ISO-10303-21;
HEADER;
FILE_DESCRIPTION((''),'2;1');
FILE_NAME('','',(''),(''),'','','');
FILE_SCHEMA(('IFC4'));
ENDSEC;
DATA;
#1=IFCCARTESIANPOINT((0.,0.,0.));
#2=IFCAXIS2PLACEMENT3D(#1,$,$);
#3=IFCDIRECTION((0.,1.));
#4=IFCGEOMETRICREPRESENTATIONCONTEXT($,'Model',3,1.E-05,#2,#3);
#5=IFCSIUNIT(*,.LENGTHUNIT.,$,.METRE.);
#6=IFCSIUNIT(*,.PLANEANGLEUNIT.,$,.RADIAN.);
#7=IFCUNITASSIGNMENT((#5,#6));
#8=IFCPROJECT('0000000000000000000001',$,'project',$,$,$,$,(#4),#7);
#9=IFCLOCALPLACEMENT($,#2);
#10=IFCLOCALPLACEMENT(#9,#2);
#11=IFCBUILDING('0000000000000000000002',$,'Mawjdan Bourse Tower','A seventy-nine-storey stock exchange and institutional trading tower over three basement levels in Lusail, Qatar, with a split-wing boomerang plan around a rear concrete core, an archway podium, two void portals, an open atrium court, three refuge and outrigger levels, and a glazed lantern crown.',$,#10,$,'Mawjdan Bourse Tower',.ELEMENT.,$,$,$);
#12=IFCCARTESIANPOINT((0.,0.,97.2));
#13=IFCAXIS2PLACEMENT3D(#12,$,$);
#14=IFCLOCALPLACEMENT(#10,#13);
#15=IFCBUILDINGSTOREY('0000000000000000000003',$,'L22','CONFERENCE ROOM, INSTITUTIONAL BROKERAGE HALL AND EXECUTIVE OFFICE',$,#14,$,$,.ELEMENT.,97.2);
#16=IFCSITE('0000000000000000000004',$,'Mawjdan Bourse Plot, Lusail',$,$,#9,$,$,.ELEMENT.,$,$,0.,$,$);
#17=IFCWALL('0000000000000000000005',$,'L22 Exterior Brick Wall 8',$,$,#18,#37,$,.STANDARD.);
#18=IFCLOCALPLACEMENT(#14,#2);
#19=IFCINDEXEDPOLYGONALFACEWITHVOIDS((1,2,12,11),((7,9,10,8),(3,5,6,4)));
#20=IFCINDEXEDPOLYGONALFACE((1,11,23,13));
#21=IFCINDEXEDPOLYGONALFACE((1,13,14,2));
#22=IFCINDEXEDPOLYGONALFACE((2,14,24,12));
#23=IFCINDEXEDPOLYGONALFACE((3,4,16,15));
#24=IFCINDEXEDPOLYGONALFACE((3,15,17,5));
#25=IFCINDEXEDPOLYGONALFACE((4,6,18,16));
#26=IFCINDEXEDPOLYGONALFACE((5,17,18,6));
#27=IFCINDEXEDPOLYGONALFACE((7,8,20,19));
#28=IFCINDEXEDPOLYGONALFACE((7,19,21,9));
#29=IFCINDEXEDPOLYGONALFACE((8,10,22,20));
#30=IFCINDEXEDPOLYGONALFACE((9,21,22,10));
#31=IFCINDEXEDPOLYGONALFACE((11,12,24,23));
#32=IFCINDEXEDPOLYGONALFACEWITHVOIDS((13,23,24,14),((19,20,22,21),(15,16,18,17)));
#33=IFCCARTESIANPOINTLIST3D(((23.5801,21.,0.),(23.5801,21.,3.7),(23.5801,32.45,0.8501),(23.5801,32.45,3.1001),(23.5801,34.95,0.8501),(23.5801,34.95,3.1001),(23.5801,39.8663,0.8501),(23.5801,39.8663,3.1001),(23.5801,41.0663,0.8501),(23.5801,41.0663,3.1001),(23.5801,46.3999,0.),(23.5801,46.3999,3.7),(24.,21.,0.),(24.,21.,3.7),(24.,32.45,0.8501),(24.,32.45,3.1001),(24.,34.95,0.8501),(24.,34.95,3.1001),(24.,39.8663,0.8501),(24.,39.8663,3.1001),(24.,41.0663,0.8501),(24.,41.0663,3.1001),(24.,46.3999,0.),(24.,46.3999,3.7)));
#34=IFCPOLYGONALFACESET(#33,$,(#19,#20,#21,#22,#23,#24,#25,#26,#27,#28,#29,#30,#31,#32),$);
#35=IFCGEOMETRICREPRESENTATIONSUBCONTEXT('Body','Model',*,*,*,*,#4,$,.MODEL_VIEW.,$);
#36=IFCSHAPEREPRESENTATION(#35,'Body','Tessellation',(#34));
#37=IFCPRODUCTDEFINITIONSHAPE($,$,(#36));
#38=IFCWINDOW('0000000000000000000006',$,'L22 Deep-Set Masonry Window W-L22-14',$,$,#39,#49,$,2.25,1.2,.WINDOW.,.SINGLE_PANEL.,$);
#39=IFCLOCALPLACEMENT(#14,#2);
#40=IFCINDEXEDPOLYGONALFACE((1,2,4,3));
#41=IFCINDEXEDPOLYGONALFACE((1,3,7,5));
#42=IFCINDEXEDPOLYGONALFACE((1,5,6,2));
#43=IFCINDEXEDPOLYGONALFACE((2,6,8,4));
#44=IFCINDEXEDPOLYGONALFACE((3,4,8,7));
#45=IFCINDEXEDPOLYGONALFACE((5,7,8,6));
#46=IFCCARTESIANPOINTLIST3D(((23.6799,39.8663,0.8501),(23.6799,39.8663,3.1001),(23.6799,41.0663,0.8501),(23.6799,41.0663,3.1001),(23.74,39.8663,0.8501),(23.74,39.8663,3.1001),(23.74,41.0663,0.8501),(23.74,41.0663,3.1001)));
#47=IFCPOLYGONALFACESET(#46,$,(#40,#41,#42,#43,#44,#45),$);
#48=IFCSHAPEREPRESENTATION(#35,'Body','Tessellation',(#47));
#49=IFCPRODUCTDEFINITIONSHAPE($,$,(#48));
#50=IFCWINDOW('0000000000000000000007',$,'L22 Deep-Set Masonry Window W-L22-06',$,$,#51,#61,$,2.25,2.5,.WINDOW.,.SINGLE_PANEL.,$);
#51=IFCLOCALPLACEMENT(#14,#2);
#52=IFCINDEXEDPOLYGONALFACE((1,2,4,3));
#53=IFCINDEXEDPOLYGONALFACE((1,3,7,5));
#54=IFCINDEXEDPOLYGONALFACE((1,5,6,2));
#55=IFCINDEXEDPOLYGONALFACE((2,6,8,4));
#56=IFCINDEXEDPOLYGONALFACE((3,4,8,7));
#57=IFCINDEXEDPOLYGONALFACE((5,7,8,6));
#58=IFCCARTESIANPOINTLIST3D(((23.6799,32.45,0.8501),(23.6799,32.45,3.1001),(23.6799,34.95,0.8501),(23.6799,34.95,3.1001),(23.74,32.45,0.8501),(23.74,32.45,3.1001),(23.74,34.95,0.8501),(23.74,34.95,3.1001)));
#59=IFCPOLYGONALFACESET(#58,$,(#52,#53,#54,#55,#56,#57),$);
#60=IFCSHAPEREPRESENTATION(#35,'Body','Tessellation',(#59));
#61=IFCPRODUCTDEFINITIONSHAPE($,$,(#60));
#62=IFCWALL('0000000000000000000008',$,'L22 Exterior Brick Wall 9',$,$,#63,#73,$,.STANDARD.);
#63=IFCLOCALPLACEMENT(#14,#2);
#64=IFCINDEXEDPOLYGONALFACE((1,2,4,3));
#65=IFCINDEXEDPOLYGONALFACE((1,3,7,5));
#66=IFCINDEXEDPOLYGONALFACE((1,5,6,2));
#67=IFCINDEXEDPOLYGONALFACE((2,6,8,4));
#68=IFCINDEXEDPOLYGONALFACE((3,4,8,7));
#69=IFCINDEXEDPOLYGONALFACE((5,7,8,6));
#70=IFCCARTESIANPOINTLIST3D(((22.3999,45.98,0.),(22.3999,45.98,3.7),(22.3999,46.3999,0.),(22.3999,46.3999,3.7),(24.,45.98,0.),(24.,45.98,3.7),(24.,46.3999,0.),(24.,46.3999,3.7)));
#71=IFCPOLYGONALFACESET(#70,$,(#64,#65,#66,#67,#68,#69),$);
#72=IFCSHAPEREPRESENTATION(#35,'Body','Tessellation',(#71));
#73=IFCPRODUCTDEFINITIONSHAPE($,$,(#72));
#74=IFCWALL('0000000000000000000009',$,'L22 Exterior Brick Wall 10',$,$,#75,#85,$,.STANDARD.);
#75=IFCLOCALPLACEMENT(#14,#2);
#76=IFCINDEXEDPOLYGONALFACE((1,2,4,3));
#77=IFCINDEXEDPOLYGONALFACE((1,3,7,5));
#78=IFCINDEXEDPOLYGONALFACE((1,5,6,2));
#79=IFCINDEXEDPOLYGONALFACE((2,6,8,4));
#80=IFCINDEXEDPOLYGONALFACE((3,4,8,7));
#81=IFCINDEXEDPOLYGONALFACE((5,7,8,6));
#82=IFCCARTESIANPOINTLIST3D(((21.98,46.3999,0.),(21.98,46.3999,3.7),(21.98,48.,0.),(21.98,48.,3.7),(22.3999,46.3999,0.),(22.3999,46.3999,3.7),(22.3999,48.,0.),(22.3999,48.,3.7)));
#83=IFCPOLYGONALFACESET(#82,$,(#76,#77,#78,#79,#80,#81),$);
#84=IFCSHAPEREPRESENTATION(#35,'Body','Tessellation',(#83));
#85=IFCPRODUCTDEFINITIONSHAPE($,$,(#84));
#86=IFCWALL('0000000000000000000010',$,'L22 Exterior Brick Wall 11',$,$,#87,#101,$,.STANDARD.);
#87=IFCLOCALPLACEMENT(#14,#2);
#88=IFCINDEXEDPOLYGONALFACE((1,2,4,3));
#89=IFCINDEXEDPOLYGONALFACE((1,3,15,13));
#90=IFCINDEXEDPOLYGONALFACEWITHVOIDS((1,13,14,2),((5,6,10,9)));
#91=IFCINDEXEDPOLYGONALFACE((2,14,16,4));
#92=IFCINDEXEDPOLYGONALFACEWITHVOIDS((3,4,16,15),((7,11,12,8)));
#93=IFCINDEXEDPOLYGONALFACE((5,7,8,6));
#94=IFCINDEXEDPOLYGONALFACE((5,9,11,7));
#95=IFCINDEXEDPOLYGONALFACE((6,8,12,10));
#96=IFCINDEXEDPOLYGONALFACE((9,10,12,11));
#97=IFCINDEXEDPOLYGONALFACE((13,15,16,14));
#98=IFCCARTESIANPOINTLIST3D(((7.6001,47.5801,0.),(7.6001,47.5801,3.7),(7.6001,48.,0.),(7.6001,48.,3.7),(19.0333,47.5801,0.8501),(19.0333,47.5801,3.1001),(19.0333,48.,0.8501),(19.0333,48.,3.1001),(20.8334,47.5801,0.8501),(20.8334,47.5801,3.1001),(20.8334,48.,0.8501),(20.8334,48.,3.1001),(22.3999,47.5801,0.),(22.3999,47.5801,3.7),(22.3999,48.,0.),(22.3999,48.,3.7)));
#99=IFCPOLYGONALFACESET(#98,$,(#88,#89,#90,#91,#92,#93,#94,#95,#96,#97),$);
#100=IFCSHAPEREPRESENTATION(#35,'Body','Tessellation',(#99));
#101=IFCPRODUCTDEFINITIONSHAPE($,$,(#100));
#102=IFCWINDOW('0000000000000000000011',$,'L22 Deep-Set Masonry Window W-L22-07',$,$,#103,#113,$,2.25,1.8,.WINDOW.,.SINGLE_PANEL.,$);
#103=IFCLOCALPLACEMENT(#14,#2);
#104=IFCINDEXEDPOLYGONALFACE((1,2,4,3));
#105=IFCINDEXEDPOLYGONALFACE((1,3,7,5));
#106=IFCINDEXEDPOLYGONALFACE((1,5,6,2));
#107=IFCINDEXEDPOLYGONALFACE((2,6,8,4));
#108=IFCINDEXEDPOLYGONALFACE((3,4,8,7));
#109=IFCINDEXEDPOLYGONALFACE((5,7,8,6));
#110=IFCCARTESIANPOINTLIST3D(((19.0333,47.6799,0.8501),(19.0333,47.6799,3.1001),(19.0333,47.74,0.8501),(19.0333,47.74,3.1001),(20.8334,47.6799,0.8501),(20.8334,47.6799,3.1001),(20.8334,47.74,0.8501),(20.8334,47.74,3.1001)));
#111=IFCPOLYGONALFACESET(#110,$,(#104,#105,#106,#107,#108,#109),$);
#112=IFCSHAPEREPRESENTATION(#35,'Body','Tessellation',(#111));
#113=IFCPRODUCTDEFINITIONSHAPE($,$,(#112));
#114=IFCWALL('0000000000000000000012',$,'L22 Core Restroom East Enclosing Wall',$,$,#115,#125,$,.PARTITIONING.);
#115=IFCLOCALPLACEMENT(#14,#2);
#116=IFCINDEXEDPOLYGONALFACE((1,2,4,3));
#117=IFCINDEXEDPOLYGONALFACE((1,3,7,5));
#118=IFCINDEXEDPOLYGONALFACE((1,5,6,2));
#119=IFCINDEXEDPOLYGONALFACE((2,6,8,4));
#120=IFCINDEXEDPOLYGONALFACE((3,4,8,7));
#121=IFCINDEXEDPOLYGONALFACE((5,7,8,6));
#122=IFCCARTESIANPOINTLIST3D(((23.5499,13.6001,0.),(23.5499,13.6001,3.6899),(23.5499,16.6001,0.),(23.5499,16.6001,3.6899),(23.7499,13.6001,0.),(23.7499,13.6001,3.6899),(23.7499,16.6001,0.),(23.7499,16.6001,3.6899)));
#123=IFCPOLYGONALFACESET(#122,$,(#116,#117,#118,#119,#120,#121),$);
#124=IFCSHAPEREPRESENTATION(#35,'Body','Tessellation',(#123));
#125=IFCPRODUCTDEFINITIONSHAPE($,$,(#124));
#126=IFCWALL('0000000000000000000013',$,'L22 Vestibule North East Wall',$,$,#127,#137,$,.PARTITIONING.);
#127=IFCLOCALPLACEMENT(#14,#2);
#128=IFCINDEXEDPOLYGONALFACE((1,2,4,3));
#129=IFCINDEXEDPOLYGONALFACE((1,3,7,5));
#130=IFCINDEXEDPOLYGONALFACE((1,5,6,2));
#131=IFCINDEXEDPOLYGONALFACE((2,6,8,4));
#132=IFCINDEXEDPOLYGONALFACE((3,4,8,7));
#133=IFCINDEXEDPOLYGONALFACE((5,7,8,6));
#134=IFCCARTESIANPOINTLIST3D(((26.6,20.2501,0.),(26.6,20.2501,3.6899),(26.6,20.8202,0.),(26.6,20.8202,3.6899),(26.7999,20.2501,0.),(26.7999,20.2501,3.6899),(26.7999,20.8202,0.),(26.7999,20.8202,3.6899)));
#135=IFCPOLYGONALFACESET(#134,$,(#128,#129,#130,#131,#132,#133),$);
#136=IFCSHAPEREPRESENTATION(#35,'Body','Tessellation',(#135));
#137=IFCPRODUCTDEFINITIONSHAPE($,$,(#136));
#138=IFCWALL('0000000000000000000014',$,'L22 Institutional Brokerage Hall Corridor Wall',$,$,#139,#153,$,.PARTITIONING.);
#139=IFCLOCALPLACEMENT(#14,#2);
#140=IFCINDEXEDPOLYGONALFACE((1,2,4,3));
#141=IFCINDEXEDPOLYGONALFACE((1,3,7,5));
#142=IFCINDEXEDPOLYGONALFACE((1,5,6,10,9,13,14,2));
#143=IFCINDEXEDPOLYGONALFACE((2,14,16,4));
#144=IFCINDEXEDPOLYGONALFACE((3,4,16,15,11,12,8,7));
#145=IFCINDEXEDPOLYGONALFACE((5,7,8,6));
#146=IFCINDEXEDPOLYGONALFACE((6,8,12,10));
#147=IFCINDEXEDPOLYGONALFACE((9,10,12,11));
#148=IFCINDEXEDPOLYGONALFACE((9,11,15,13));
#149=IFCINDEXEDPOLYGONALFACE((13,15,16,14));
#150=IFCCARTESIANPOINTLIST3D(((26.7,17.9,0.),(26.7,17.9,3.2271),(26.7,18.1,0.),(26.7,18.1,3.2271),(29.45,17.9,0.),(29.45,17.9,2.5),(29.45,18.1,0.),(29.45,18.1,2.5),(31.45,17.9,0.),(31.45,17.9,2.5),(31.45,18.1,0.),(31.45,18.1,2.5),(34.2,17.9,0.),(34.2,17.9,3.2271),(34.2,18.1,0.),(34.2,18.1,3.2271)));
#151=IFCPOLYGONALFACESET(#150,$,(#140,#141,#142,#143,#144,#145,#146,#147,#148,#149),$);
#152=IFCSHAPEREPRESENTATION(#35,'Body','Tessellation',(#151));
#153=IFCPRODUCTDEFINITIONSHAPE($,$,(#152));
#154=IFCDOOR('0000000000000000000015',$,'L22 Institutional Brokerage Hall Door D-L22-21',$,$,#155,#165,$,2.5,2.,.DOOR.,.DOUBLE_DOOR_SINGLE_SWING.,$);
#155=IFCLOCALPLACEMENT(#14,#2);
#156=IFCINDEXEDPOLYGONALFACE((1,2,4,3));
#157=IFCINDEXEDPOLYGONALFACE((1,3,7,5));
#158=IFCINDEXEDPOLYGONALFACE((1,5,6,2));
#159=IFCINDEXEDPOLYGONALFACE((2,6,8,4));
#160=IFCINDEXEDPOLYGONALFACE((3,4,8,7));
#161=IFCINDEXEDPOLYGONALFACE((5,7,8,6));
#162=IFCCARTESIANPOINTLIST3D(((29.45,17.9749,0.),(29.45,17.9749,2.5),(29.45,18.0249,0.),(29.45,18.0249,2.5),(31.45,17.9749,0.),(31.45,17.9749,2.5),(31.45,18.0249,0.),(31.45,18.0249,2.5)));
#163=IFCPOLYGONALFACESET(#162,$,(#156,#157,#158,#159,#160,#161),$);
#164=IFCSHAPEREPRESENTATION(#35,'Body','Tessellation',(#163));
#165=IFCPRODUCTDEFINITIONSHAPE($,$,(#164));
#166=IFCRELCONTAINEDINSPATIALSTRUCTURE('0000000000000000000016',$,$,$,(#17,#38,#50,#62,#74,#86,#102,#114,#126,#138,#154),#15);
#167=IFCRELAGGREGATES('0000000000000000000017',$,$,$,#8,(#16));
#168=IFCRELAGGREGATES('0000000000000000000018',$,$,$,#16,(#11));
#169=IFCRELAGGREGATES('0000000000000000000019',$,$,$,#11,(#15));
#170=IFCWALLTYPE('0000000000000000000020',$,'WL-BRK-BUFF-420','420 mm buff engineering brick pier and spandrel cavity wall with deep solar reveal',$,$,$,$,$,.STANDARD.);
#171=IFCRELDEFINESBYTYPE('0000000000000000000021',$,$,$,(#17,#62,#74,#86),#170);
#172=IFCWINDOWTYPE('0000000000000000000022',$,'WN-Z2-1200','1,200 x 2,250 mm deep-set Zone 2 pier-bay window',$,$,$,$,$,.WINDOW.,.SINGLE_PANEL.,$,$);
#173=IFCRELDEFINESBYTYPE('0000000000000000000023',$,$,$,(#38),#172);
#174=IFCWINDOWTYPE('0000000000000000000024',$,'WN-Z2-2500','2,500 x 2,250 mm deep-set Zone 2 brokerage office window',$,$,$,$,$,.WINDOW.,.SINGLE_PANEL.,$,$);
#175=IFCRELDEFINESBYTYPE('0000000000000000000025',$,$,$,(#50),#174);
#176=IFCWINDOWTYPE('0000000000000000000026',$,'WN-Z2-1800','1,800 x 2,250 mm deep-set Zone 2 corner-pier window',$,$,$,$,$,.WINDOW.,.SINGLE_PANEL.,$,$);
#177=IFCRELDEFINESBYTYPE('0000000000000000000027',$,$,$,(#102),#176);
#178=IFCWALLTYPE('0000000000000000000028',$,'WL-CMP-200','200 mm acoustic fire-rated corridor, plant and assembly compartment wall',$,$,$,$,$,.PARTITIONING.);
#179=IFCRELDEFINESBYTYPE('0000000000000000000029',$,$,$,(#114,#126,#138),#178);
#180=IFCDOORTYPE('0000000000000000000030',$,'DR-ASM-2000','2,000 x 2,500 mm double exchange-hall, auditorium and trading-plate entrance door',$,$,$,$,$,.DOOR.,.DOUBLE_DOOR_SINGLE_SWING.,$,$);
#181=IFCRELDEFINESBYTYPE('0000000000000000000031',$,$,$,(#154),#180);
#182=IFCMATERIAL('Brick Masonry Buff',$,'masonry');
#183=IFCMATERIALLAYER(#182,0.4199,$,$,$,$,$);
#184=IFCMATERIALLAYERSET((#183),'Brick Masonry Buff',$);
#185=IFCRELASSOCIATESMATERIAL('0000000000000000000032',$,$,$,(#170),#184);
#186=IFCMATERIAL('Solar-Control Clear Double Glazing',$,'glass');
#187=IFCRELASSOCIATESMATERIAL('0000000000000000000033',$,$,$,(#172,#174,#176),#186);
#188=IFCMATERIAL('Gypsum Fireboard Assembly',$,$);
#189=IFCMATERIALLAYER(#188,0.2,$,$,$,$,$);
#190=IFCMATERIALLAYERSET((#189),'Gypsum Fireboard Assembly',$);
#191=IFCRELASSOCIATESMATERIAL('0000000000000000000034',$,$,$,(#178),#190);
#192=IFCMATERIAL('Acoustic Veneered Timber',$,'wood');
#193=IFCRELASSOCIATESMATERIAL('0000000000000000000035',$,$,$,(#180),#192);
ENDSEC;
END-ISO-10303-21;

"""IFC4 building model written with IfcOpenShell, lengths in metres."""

from ifc_helpers import new_model, si_unit, direction, frame, frame_2d, origin, place, context, subcontext, project, spatial, rectangle, extrude, material, layer, layer_set, type_object, element, fill, save


model = new_model("IFC4")

# Units and contexts
model_context = context("Model", 3, precision=1e-05, world=origin(), true_north=direction((0.0, 1.0)))
body_context = subcontext(model_context, "Body", "Model", "MODEL_VIEW")
ifc_project = project(units=[si_unit("LENGTHUNIT", "METRE"), si_unit("PLANEANGLEUNIT", "RADIAN")], contexts=[model_context])

# Site, building, storey
site_placement = place(None, origin())
site = spatial("IfcSite", under=ifc_project, at=site_placement, Name="Mawjdan Bourse Plot, Lusail", CompositionType="ELEMENT", RefElevation=0.0)
building_placement = place(site_placement, origin())
building = spatial("IfcBuilding", under=site, at=building_placement, Name="Mawjdan Bourse Tower", Description="A seventy-nine-storey stock exchange and institutional trading tower over three basement levels in Lusail, Qatar, with a split-wing boomerang plan around a rear concrete core, an archway podium, two void portals, an open atrium court, three refuge and outrigger levels, and a glazed lantern crown.", LongName="Mawjdan Bourse Tower", CompositionType="ELEMENT")
storey_placement = place(building_placement, frame((0.0, 0.0, 97.2)))
storey = spatial("IfcBuildingStorey", under=building, at=storey_placement, Name="L22", Description="CONFERENCE ROOM, INSTITUTIONAL BROKERAGE HALL AND EXECUTIVE OFFICE", CompositionType="ELEMENT", Elevation=97.2)

# Wall, openings, windows
ifc_material_1 = material(Name="Brick Masonry Buff", Category="masonry")
ifc_layer_1 = layer(ifc_material_1, 0.4199)
ifc_layer_set_1 = layer_set([ifc_layer_1], Name="Brick Masonry Buff")
wall_type_1 = type_object("IfcWallType", Name="WL-BRK-BUFF-420", Description="420 mm buff engineering brick pier and spandrel cavity wall with deep solar reveal", PredefinedType="STANDARD", material=ifc_layer_set_1)
wall_1_placement = place(storey_placement, frame((23.79, 21.0, 0.0), z_axis=(0.0, 0.0, 1.0), x_axis=(0.0, 1.0, 0.0)))
wall_1 = element("IfcWall", 1, at=wall_1_placement, inside=storey, type_object=wall_type_1, Name="L22 Exterior Brick Wall 8", PredefinedType="STANDARD", context=body_context, shape_type="SweptSolid", body=[
    extrude(rectangle(XDim=25.3999, YDim=0.4199, at=frame_2d((12.7, 0.0))), origin(), (0.0, 0.0, 1.0), 3.7),
])
opening_1_placement = place(wall_1_placement, frame((11.45, 0.0, 0.8501)))
opening_1 = element("IfcOpeningElement", 2, at=opening_1_placement, cuts=wall_1, PredefinedType="OPENING", context=body_context, shape_type="SweptSolid", body=[
    extrude(rectangle(XDim=2.5, YDim=2.25, at=frame_2d((1.25, 1.125))), frame((0.0, 0.22, 0.0), z_axis=(0.0, -1.0, 0.0), x_axis=(1.0, 0.0, 0.0)), (0.0, 0.0, 1.0), 0.4399),
])
opening_2_placement = place(wall_1_placement, frame((18.8662, 0.0, 0.8501)))
opening_2 = element("IfcOpeningElement", 3, at=opening_2_placement, cuts=wall_1, PredefinedType="OPENING", context=body_context, shape_type="SweptSolid", body=[
    extrude(rectangle(XDim=1.2, YDim=2.25, at=frame_2d((0.6001, 1.125))), frame((0.0, 0.22, 0.0), z_axis=(0.0, -1.0, 0.0), x_axis=(1.0, 0.0, 0.0)), (0.0, 0.0, 1.0), 0.4399),
])
ifc_material_2 = material(Name="Solar-Control Clear Double Glazing", Category="glass")
window_type_1 = type_object("IfcWindowType", Name="WN-Z2-1200", Description="1,200 x 2,250 mm deep-set Zone 2 pier-bay window", PartitioningType="SINGLE_PANEL", PredefinedType="WINDOW", material=ifc_material_2)
window_1_placement = place(opening_2_placement, origin())
window_1 = element("IfcWindow", 4, at=window_1_placement, inside=storey, type_object=window_type_1, Name="L22 Deep-Set Masonry Window W-L22-14", OverallHeight=2.25, OverallWidth=1.2, PartitioningType="SINGLE_PANEL", PredefinedType="WINDOW", context=body_context, shape_type="SweptSolid", body=[
    extrude(rectangle(XDim=1.2, YDim=2.25, at=frame_2d((0.6001, 1.125))), frame((0.0, 0.1101, 0.0), z_axis=(0.0, -1.0, 0.0), x_axis=(1.0, 0.0, 0.0)), (0.0, 0.0, 1.0), 0.0601),
])
fill(opening_2, window_1)
window_type_2 = type_object("IfcWindowType", Name="WN-Z2-2500", Description="2,500 x 2,250 mm deep-set Zone 2 brokerage office window", PartitioningType="SINGLE_PANEL", PredefinedType="WINDOW", material=ifc_material_2)
window_2_placement = place(opening_1_placement, origin())
window_2 = element("IfcWindow", 5, at=window_2_placement, inside=storey, type_object=window_type_2, Name="L22 Deep-Set Masonry Window W-L22-06", OverallHeight=2.25, OverallWidth=2.5, PartitioningType="SINGLE_PANEL", PredefinedType="WINDOW", context=body_context, shape_type="SweptSolid", body=[
    extrude(rectangle(XDim=2.5, YDim=2.25, at=frame_2d((1.25, 1.125))), frame((0.0, 0.1101, 0.0), z_axis=(0.0, -1.0, 0.0), x_axis=(1.0, 0.0, 0.0)), (0.0, 0.0, 1.0), 0.0601),
])
fill(opening_1, window_2)

# Walls
for number, where, z_axis, x_axis, name in (
    (6, (24.0, 46.1899, 0.0), (0.0, 0.0, 1.0), (-1.0, 0.0, 0.0), "L22 Exterior Brick Wall 9"),
    (7, (22.1899, 46.3999, 0.0), (0.0, 0.0, 1.0), (0.0, 1.0, 0.0), "L22 Exterior Brick Wall 10"),
):
    element("IfcWall", number, at=place(storey_placement, frame(where, z_axis=z_axis, x_axis=x_axis)), inside=storey, type_object=wall_type_1, Name=name, PredefinedType="STANDARD", context=body_context, shape_type="SweptSolid", body=[
        extrude(rectangle(XDim=1.6001, YDim=0.4199, at=frame_2d((0.8, 0.0))), origin(), (0.0, 0.0, 1.0), 3.7),
    ])

# Wall, opening, window
wall_2_placement = place(storey_placement, frame((22.3999, 47.79, 0.0), z_axis=(0.0, 0.0, 1.0), x_axis=(-1.0, 0.0, 0.0)))
wall_2 = element("IfcWall", 8, at=wall_2_placement, inside=storey, type_object=wall_type_1, Name="L22 Exterior Brick Wall 11", PredefinedType="STANDARD", context=body_context, shape_type="SweptSolid", body=[
    extrude(rectangle(XDim=14.7998, YDim=0.4199, at=frame_2d((7.3999, 0.0))), origin(), (0.0, 0.0, 1.0), 3.7),
])
opening_3_placement = place(wall_2_placement, frame((1.5667, 0.0, 0.8501)))
opening_3 = element("IfcOpeningElement", 9, at=opening_3_placement, cuts=wall_2, PredefinedType="OPENING", context=body_context, shape_type="SweptSolid", body=[
    extrude(rectangle(XDim=1.8, YDim=2.25, at=frame_2d((0.8999, 1.125))), frame((0.0, 0.22, 0.0), z_axis=(0.0, -1.0, 0.0), x_axis=(1.0, 0.0, 0.0)), (0.0, 0.0, 1.0), 0.4399),
])
window_type_3 = type_object("IfcWindowType", Name="WN-Z2-1800", Description="1,800 x 2,250 mm deep-set Zone 2 corner-pier window", PartitioningType="SINGLE_PANEL", PredefinedType="WINDOW", material=ifc_material_2)
window_3_placement = place(opening_3_placement, origin())
window_3 = element("IfcWindow", 10, at=window_3_placement, inside=storey, type_object=window_type_3, Name="L22 Deep-Set Masonry Window W-L22-07", OverallHeight=2.25, OverallWidth=1.8, PartitioningType="SINGLE_PANEL", PredefinedType="WINDOW", context=body_context, shape_type="SweptSolid", body=[
    extrude(rectangle(XDim=1.8, YDim=2.25, at=frame_2d((0.8999, 1.125))), frame((0.0, 0.1101, 0.0), z_axis=(0.0, -1.0, 0.0), x_axis=(1.0, 0.0, 0.0)), (0.0, 0.0, 1.0), 0.0601),
])
fill(opening_3, window_3)

# Walls
ifc_material_3 = material(Name="Gypsum Fireboard Assembly")
ifc_layer_2 = layer(ifc_material_3, 0.2)
ifc_layer_set_2 = layer_set([ifc_layer_2], Name="Gypsum Fireboard Assembly")
wall_type_2 = type_object("IfcWallType", Name="WL-CMP-200", Description="200 mm acoustic fire-rated corridor, plant and assembly compartment wall", PredefinedType="PARTITIONING", material=ifc_layer_set_2)
wall_3_placement = place(storey_placement, frame((23.6499, 13.6001, 0.0), z_axis=(0.0, 0.0, 1.0), x_axis=(0.0, 1.0, 0.0)))
element("IfcWall", 11, at=wall_3_placement, inside=storey, type_object=wall_type_2, Name="L22 Core Restroom East Enclosing Wall", PredefinedType="PARTITIONING", context=body_context, shape_type="SweptSolid", body=[
    extrude(rectangle(XDim=3.0, YDim=0.2, at=frame_2d((1.5, 0.0))), origin(), (0.0, 0.0, 1.0), 3.6899),
])
wall_4_placement = place(storey_placement, frame((26.7, 20.25, 0.0), z_axis=(0.0, 0.0, 1.0), x_axis=(0.0, 1.0, 0.0)))
element("IfcWall", 12, at=wall_4_placement, inside=storey, type_object=wall_type_2, Name="L22 Vestibule North East Wall", PredefinedType="PARTITIONING", context=body_context, shape_type="SweptSolid", body=[
    extrude(rectangle(XDim=0.5701, YDim=0.2, at=frame_2d((0.2852, 0.0))), origin(), (0.0, 0.0, 1.0), 3.6899),
])

# Wall, opening, door
wall_5_placement = place(storey_placement, frame((26.7, 18.0, 0.0), z_axis=(0.0, 0.0, 1.0), x_axis=(1.0, 0.0, 0.0)))
wall_5 = element("IfcWall", 13, at=wall_5_placement, inside=storey, type_object=wall_type_2, Name="L22 Institutional Brokerage Hall Corridor Wall", PredefinedType="PARTITIONING", context=body_context, shape_type="SweptSolid", body=[
    extrude(rectangle(XDim=7.5, YDim=0.2, at=frame_2d((3.75, 0.0))), origin(), (0.0, 0.0, 1.0), 3.2271),
])
opening_4_placement = place(wall_5_placement, frame((2.75, 0.0, 0.0)))
opening_4 = element("IfcOpeningElement", 14, at=opening_4_placement, cuts=wall_5, PredefinedType="OPENING", context=body_context, shape_type="SweptSolid", body=[
    extrude(rectangle(XDim=2.0, YDim=2.5, at=frame_2d((1.0, 1.25))), frame((0.0, 0.1099, 0.0), z_axis=(0.0, -1.0, 0.0), x_axis=(1.0, 0.0, 0.0)), (0.0, 0.0, 1.0), 0.22),
])
ifc_material_4 = material(Name="Acoustic Veneered Timber", Category="wood")
door_type = type_object("IfcDoorType", Name="DR-ASM-2000", Description="2,000 x 2,500 mm double exchange-hall, auditorium and trading-plate entrance door", OperationType="DOUBLE_DOOR_SINGLE_SWING", PredefinedType="DOOR", material=ifc_material_4)
door_placement = place(opening_4_placement, origin())
door = element("IfcDoor", 15, at=door_placement, inside=storey, type_object=door_type, Name="L22 Institutional Brokerage Hall Door D-L22-21", OperationType="DOUBLE_DOOR_SINGLE_SWING", OverallHeight=2.5, OverallWidth=2.0, PredefinedType="DOOR", context=body_context, shape_type="SweptSolid", body=[
    extrude(rectangle(XDim=2.0, YDim=2.5, at=frame_2d((1.0, 1.25))), frame((0.0, 0.0249, 0.0), z_axis=(0.0, -1.0, 0.0), x_axis=(1.0, 0.0, 0.0)), (0.0, 0.0, 1.0), 0.05),
])
fill(opening_4, door)

save(model, "model.ifc")
